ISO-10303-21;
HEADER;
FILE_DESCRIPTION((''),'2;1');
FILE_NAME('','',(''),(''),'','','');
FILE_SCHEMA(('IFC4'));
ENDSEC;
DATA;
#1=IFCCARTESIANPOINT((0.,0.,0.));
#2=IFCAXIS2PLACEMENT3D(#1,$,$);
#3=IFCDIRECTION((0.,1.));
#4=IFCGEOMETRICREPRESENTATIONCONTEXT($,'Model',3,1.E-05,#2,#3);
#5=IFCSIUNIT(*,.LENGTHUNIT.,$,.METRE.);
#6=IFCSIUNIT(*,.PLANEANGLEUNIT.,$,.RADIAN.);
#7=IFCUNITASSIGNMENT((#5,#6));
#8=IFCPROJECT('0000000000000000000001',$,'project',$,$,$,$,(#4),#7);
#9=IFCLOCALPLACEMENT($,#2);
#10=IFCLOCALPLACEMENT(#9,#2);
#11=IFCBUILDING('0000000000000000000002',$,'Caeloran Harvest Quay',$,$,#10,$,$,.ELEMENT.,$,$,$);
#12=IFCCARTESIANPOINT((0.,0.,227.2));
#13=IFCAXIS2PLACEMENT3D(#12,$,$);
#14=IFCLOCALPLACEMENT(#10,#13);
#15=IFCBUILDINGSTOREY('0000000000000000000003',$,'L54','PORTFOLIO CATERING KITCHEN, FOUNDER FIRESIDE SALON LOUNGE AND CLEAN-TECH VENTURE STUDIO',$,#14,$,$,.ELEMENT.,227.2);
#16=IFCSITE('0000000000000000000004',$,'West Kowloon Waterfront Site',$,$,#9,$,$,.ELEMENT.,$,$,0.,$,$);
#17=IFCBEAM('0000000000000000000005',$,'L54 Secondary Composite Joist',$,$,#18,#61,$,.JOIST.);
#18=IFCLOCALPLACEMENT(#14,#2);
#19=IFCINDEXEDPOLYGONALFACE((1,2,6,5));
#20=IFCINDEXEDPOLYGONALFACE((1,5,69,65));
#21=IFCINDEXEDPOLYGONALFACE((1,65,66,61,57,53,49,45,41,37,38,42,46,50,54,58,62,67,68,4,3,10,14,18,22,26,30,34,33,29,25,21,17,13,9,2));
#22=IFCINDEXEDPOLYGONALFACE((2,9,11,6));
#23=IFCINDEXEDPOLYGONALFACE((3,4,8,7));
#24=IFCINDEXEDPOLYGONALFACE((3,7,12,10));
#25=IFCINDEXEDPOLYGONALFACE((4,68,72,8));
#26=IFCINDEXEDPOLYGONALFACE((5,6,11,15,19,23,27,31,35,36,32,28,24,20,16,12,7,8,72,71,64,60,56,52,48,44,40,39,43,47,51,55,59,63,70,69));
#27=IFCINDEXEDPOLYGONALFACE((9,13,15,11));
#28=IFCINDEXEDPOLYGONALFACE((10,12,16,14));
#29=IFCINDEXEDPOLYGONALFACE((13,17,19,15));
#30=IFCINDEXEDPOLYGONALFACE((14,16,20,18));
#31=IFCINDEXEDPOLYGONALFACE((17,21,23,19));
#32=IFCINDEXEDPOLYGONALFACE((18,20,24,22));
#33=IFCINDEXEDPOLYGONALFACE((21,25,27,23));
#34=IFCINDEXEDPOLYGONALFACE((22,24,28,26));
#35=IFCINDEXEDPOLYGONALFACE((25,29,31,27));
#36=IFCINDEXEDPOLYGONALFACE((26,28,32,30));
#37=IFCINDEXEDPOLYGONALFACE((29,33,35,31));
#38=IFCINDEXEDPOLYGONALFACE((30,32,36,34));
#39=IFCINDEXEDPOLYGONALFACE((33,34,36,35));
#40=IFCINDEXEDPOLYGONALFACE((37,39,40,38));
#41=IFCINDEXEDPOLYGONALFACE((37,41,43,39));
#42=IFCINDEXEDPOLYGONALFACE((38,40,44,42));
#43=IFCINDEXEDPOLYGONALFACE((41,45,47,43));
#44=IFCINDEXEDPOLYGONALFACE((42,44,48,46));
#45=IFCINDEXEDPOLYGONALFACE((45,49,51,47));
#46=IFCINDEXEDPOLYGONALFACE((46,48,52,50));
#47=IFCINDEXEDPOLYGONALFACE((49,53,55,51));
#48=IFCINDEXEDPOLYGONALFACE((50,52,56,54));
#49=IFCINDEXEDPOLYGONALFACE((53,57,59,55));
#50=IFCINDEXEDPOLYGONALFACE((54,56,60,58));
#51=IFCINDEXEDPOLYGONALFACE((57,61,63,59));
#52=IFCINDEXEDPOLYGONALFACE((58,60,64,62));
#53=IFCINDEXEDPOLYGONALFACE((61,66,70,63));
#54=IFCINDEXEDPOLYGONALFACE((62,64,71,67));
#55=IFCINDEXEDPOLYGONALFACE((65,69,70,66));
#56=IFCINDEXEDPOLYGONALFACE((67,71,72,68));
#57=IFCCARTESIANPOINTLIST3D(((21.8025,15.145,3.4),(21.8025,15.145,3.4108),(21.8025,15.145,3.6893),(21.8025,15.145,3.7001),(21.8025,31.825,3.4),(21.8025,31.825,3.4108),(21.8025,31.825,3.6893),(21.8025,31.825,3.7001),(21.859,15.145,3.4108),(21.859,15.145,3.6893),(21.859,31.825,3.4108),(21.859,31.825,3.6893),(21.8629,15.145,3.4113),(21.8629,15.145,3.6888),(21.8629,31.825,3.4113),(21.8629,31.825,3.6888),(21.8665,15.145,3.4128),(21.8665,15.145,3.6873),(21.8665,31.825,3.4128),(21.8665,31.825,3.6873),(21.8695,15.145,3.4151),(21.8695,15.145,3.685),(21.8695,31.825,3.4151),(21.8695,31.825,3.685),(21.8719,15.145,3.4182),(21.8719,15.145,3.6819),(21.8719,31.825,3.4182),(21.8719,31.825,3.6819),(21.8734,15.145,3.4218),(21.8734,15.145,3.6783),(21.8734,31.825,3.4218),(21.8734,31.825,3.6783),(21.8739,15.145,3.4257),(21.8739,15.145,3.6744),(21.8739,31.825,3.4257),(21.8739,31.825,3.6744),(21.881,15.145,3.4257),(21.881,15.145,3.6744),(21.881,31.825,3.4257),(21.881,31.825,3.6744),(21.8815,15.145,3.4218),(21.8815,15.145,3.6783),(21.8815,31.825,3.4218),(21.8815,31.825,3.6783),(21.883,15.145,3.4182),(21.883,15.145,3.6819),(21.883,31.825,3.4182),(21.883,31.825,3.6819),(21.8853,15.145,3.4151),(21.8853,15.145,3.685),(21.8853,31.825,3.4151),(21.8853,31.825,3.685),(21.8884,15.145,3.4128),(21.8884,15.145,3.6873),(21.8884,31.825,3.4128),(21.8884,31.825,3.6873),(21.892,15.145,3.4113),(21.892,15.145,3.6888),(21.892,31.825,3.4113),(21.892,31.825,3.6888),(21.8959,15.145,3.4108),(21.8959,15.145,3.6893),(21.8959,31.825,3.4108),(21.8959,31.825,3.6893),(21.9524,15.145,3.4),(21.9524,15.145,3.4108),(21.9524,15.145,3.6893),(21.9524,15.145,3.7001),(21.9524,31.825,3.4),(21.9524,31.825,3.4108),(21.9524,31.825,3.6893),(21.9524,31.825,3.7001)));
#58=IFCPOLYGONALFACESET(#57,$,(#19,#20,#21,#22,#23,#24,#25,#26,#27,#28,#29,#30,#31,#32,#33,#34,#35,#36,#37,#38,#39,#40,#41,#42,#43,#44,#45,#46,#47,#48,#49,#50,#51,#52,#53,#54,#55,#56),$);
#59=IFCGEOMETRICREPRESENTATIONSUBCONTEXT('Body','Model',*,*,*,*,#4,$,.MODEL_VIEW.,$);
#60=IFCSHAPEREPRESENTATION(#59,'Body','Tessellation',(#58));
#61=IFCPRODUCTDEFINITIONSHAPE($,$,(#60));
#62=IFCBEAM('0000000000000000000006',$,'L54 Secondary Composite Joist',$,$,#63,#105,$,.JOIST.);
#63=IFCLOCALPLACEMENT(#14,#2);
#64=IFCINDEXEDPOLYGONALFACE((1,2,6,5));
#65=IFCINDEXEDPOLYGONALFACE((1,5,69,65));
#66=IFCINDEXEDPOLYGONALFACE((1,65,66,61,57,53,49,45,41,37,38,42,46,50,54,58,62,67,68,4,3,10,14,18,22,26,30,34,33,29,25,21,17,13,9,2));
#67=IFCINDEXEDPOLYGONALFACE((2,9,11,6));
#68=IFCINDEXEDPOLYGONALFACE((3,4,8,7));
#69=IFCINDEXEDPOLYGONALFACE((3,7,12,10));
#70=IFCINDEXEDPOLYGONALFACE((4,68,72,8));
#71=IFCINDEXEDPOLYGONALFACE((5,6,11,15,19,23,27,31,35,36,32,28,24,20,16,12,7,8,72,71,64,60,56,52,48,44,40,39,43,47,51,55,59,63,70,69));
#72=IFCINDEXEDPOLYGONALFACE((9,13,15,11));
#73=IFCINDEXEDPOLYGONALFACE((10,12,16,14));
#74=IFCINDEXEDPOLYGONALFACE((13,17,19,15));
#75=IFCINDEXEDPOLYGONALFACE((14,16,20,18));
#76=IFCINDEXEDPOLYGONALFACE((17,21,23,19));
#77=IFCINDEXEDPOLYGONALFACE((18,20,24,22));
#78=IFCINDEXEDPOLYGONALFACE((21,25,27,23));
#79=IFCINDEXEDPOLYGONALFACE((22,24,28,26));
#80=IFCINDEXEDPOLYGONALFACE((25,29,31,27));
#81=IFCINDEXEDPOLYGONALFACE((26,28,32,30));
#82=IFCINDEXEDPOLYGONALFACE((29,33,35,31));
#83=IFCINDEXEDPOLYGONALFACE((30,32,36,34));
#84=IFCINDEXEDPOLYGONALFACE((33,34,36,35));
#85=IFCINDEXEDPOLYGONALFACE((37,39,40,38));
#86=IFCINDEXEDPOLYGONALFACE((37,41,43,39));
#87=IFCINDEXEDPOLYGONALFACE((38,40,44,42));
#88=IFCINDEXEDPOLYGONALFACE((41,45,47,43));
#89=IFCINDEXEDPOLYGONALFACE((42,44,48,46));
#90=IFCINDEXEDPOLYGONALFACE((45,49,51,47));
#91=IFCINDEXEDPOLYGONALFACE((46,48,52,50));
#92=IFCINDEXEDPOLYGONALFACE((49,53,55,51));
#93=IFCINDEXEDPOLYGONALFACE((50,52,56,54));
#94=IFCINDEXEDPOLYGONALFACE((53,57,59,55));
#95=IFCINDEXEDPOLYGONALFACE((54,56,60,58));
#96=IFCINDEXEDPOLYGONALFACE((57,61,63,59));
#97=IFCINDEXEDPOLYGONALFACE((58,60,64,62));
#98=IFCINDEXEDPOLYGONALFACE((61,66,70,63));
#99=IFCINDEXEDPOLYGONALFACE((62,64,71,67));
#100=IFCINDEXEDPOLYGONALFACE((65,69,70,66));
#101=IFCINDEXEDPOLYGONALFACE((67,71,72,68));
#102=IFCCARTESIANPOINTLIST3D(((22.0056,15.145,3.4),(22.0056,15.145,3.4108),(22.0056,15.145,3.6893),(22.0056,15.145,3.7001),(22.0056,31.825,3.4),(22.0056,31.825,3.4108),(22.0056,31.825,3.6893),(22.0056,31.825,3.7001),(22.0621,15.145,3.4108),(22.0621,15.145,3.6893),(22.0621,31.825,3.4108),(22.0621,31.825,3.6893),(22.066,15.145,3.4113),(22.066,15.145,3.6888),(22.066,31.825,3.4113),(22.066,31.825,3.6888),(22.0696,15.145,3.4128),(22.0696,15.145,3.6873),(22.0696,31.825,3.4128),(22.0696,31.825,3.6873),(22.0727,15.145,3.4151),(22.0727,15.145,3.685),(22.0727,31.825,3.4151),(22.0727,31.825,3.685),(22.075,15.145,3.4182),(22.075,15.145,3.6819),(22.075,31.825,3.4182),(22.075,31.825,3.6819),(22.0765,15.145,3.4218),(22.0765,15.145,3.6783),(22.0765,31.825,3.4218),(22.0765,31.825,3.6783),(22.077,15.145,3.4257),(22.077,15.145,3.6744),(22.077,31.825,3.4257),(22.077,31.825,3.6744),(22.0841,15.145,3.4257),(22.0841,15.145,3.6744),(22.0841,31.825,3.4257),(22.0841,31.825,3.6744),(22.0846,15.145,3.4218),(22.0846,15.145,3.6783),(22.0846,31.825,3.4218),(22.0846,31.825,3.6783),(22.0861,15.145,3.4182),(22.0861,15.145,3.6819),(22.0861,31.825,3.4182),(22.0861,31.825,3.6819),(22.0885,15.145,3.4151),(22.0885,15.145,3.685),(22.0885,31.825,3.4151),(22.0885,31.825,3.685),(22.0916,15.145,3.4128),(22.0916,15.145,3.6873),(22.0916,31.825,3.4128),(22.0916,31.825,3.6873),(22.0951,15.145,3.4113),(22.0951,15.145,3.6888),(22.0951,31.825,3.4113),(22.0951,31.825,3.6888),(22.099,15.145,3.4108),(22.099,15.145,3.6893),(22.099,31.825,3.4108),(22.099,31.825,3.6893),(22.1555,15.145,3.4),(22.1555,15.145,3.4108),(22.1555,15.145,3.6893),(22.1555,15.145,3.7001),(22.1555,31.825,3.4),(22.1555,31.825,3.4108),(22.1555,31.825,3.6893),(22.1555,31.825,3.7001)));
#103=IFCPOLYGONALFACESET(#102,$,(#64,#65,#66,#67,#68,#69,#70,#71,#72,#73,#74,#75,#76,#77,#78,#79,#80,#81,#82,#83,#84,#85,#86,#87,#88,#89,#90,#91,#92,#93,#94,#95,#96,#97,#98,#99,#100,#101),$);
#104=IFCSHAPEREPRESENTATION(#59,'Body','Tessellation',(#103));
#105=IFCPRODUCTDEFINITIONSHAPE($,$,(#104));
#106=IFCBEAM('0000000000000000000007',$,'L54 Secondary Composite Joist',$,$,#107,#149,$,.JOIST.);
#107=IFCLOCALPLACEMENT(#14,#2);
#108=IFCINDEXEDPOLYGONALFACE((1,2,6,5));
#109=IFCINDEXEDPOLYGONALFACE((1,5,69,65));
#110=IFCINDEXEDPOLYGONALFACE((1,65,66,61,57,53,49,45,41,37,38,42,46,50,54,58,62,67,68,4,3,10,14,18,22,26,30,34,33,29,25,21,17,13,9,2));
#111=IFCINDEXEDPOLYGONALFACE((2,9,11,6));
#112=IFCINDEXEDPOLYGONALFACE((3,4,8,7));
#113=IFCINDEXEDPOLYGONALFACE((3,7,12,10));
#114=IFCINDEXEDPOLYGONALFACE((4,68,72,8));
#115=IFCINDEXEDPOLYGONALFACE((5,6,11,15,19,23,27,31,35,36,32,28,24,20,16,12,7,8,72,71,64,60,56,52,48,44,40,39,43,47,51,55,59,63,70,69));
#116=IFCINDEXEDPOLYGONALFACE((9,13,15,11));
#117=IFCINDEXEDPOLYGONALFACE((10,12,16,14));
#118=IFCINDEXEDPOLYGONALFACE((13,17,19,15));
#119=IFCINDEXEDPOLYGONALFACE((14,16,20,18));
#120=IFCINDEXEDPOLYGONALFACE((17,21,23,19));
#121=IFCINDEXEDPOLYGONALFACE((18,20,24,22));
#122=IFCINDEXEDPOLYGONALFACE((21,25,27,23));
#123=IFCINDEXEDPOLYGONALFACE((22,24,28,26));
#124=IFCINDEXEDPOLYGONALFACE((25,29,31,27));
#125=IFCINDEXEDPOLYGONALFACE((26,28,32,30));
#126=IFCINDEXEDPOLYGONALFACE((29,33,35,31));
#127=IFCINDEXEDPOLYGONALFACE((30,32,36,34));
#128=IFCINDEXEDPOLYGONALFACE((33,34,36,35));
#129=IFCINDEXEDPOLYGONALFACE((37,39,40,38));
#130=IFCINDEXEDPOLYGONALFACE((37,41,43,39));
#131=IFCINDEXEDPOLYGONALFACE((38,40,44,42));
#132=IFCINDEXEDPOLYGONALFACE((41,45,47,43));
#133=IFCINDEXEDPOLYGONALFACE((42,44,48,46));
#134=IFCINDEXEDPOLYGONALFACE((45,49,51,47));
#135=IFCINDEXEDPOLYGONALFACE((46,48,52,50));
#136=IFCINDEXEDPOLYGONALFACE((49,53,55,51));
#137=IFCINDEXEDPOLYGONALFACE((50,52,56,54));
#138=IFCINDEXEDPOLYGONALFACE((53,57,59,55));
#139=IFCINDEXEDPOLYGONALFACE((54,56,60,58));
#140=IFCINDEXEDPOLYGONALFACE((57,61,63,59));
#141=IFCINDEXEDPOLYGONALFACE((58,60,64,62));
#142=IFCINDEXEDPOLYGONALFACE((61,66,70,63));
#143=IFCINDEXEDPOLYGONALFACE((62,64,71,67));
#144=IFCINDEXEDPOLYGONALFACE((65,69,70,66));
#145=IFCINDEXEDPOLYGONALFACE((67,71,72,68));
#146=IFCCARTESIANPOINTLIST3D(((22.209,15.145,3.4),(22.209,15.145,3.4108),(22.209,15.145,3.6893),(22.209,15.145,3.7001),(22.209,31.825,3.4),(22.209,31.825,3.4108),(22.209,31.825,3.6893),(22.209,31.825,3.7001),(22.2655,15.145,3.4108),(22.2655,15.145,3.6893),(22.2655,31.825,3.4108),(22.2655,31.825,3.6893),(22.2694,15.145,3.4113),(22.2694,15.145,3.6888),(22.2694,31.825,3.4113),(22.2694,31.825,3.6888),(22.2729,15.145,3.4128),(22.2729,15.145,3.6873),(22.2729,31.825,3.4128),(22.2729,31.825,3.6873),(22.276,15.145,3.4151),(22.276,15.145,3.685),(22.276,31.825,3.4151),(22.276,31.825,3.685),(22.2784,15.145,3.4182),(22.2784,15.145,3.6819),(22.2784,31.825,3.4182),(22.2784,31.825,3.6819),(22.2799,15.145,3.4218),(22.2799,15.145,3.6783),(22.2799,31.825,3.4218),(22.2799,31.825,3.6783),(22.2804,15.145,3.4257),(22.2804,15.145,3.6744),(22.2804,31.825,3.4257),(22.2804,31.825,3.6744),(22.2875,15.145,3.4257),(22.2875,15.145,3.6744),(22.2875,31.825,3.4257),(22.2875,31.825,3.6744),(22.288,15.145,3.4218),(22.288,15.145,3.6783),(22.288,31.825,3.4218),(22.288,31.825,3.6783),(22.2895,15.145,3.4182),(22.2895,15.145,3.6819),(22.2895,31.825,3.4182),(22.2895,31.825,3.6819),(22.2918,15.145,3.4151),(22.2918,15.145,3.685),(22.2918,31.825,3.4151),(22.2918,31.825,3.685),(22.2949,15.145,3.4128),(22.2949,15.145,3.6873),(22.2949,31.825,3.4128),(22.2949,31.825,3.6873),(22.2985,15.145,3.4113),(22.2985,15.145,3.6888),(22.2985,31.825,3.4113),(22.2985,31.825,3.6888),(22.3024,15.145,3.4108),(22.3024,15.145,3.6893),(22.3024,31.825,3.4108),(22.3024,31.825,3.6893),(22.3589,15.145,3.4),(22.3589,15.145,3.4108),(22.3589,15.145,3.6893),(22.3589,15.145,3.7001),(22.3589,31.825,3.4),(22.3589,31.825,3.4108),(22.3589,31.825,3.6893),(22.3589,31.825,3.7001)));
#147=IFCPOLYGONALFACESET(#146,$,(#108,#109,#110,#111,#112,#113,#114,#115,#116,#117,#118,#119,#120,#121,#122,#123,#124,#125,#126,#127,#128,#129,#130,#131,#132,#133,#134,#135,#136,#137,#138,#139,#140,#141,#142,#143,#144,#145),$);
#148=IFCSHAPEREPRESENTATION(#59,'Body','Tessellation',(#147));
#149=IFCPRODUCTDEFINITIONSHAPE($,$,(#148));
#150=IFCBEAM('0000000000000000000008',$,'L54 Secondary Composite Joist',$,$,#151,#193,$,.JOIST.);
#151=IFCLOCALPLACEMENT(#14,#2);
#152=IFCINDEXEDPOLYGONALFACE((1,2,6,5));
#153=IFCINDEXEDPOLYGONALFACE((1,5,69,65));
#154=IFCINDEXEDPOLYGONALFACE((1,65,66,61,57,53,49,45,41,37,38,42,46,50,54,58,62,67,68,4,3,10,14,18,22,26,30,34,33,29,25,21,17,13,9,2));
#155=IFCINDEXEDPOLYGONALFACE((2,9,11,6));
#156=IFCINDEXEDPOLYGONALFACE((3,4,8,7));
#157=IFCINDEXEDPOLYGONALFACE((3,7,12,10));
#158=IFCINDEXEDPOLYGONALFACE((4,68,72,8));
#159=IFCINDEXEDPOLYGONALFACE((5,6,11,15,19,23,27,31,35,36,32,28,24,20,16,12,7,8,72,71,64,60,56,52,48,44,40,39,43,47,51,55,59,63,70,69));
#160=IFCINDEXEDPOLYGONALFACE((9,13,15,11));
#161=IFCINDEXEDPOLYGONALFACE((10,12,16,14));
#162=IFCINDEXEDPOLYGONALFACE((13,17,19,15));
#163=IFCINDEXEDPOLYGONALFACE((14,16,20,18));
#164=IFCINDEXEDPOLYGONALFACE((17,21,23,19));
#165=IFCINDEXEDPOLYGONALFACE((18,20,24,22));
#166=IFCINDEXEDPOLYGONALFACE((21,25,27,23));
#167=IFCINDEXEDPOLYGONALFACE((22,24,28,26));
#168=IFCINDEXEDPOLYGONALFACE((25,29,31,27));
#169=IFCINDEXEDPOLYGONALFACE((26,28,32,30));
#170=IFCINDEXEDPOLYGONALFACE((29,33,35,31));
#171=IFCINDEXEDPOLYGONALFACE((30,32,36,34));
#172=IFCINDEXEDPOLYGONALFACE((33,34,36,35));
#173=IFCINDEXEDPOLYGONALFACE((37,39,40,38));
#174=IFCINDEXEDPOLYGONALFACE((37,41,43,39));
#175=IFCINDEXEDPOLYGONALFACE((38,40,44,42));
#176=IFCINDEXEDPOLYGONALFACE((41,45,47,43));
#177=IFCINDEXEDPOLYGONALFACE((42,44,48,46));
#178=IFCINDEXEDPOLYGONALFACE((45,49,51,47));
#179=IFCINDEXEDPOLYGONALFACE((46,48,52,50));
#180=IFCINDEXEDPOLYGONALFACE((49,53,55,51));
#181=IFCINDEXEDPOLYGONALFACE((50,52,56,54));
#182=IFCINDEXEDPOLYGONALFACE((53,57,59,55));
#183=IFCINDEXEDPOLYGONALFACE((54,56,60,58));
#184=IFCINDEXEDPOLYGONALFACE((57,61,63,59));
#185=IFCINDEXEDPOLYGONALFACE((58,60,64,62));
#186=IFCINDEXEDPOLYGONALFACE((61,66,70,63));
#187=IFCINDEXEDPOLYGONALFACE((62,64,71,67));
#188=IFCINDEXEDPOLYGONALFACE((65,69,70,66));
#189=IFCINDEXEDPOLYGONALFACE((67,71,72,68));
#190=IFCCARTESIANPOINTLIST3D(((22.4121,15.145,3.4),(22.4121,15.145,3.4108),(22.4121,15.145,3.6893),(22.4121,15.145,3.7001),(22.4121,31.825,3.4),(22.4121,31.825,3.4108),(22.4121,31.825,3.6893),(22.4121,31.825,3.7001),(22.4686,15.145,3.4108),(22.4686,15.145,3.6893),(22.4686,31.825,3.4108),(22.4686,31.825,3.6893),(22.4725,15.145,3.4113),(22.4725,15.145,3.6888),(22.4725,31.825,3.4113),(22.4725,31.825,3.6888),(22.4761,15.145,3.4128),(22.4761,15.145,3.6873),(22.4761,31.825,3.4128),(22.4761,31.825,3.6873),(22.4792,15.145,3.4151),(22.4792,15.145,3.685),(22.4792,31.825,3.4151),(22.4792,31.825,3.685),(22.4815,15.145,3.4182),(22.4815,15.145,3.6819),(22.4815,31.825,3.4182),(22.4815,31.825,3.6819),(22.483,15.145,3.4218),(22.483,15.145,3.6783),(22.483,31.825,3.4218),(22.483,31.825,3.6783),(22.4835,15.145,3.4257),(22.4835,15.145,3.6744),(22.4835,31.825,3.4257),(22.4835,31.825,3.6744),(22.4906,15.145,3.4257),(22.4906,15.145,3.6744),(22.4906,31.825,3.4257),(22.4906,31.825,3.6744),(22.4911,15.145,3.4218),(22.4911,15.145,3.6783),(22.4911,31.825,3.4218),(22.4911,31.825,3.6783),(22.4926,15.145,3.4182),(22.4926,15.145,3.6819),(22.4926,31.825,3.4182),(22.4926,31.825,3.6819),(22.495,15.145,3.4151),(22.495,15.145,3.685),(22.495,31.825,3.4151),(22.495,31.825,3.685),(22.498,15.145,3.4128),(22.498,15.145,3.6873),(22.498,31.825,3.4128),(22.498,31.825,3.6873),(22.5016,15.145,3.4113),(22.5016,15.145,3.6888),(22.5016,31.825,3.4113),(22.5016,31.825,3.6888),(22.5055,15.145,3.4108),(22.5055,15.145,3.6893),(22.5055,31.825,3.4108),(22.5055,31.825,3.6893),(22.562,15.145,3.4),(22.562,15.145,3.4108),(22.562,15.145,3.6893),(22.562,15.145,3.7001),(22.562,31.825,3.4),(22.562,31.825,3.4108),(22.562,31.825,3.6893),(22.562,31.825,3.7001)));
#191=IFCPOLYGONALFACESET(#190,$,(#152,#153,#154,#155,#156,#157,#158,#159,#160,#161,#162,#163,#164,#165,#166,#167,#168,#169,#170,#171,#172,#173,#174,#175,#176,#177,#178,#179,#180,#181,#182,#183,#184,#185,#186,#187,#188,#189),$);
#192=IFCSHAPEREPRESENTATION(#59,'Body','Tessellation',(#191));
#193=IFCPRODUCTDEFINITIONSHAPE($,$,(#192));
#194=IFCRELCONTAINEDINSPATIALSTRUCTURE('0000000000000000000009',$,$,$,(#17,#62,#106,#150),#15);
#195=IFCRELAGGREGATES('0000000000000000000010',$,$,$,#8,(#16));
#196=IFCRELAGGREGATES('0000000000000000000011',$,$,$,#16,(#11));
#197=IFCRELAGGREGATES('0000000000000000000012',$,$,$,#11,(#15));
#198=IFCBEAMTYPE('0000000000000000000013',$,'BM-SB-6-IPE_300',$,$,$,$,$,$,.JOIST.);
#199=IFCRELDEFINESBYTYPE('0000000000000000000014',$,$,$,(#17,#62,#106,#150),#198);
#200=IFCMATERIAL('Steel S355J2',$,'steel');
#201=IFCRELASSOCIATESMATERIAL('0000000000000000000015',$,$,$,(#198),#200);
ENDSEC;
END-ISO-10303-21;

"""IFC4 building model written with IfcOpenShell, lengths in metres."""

from ifc_helpers import new_model, si_unit, direction, frame, origin, origin_2d, place, context, subcontext, project, spatial, i_section, extrude, material, material_profile, profile_set, type_object, element, save


model = new_model("IFC4")

# Units and contexts
model_context = context("Model", 3, precision=1e-05, world=origin(), true_north=direction((0.0, 1.0)))
body_context = subcontext(model_context, "Body", "Model", "MODEL_VIEW")
ifc_project = project(units=[si_unit("LENGTHUNIT", "METRE"), si_unit("PLANEANGLEUNIT", "RADIAN")], contexts=[model_context])

# Site, building, storey
site_placement = place(None, origin())
site = spatial("IfcSite", under=ifc_project, at=site_placement, Name="West Kowloon Waterfront Site", CompositionType="ELEMENT", RefElevation=0.0)
building_placement = place(site_placement, origin())
building = spatial("IfcBuilding", under=site, at=building_placement, Name="Caeloran Harvest Quay", CompositionType="ELEMENT")
storey_placement = place(building_placement, frame((0.0, 0.0, 227.2)))
storey = spatial("IfcBuildingStorey", under=building, at=storey_placement, Name="L54", Description="PORTFOLIO CATERING KITCHEN, FOUNDER FIRESIDE SALON LOUNGE AND CLEAN-TECH VENTURE STUDIO", CompositionType="ELEMENT", Elevation=227.2)

# Beams
ifc_material_1 = material(Name="Steel S355J2", Category="steel")
ifc_material_profile_1 = material_profile(ifc_material_1, i_section(OverallWidth=0.1499, OverallDepth=0.3, WebThickness=0.0071, FlangeThickness=0.0107, FilletRadius=0.0149, at=origin_2d()), Name="IPE 300")
ifc_profile_set_1 = profile_set([ifc_material_profile_1], Name="Steel S355J2")
beam_type_1 = type_object("IfcBeamType", Name="BM-SB-6-IPE_300", PredefinedType="JOIST", material=ifc_profile_set_1)
for number, where, z_axis, x_axis, name in (
    (1, (21.8774, 15.145, 3.55), (0.0, 1.0, 0.0), (-1.0, 0.0, 0.0), "L54 Secondary Composite Joist"),
    (2, (22.0806, 15.145, 3.55), (0.0, 1.0, 0.0), (-1.0, 0.0, 0.0), "L54 Secondary Composite Joist"),
    (3, (22.2839, 15.145, 3.55), (0.0, 1.0, 0.0), (-1.0, 0.0, 0.0), "L54 Secondary Composite Joist"),
    (4, (22.4871, 15.145, 3.55), (0.0, 1.0, 0.0), (-1.0, 0.0, 0.0), "L54 Secondary Composite Joist"),
):
    element("IfcBeam", number, at=place(storey_placement, frame(where, z_axis=z_axis, x_axis=x_axis)), inside=storey, type_object=beam_type_1, Name=name, PredefinedType="JOIST", context=body_context, shape_type="SweptSolid", body=[
        extrude(i_section(OverallWidth=0.1499, OverallDepth=0.3, WebThickness=0.0071, FlangeThickness=0.0107, FilletRadius=0.0149, at=origin_2d()), origin(), (0.0, 0.0, 1.0), 16.6799),
    ])

save(model, "model.ifc")
